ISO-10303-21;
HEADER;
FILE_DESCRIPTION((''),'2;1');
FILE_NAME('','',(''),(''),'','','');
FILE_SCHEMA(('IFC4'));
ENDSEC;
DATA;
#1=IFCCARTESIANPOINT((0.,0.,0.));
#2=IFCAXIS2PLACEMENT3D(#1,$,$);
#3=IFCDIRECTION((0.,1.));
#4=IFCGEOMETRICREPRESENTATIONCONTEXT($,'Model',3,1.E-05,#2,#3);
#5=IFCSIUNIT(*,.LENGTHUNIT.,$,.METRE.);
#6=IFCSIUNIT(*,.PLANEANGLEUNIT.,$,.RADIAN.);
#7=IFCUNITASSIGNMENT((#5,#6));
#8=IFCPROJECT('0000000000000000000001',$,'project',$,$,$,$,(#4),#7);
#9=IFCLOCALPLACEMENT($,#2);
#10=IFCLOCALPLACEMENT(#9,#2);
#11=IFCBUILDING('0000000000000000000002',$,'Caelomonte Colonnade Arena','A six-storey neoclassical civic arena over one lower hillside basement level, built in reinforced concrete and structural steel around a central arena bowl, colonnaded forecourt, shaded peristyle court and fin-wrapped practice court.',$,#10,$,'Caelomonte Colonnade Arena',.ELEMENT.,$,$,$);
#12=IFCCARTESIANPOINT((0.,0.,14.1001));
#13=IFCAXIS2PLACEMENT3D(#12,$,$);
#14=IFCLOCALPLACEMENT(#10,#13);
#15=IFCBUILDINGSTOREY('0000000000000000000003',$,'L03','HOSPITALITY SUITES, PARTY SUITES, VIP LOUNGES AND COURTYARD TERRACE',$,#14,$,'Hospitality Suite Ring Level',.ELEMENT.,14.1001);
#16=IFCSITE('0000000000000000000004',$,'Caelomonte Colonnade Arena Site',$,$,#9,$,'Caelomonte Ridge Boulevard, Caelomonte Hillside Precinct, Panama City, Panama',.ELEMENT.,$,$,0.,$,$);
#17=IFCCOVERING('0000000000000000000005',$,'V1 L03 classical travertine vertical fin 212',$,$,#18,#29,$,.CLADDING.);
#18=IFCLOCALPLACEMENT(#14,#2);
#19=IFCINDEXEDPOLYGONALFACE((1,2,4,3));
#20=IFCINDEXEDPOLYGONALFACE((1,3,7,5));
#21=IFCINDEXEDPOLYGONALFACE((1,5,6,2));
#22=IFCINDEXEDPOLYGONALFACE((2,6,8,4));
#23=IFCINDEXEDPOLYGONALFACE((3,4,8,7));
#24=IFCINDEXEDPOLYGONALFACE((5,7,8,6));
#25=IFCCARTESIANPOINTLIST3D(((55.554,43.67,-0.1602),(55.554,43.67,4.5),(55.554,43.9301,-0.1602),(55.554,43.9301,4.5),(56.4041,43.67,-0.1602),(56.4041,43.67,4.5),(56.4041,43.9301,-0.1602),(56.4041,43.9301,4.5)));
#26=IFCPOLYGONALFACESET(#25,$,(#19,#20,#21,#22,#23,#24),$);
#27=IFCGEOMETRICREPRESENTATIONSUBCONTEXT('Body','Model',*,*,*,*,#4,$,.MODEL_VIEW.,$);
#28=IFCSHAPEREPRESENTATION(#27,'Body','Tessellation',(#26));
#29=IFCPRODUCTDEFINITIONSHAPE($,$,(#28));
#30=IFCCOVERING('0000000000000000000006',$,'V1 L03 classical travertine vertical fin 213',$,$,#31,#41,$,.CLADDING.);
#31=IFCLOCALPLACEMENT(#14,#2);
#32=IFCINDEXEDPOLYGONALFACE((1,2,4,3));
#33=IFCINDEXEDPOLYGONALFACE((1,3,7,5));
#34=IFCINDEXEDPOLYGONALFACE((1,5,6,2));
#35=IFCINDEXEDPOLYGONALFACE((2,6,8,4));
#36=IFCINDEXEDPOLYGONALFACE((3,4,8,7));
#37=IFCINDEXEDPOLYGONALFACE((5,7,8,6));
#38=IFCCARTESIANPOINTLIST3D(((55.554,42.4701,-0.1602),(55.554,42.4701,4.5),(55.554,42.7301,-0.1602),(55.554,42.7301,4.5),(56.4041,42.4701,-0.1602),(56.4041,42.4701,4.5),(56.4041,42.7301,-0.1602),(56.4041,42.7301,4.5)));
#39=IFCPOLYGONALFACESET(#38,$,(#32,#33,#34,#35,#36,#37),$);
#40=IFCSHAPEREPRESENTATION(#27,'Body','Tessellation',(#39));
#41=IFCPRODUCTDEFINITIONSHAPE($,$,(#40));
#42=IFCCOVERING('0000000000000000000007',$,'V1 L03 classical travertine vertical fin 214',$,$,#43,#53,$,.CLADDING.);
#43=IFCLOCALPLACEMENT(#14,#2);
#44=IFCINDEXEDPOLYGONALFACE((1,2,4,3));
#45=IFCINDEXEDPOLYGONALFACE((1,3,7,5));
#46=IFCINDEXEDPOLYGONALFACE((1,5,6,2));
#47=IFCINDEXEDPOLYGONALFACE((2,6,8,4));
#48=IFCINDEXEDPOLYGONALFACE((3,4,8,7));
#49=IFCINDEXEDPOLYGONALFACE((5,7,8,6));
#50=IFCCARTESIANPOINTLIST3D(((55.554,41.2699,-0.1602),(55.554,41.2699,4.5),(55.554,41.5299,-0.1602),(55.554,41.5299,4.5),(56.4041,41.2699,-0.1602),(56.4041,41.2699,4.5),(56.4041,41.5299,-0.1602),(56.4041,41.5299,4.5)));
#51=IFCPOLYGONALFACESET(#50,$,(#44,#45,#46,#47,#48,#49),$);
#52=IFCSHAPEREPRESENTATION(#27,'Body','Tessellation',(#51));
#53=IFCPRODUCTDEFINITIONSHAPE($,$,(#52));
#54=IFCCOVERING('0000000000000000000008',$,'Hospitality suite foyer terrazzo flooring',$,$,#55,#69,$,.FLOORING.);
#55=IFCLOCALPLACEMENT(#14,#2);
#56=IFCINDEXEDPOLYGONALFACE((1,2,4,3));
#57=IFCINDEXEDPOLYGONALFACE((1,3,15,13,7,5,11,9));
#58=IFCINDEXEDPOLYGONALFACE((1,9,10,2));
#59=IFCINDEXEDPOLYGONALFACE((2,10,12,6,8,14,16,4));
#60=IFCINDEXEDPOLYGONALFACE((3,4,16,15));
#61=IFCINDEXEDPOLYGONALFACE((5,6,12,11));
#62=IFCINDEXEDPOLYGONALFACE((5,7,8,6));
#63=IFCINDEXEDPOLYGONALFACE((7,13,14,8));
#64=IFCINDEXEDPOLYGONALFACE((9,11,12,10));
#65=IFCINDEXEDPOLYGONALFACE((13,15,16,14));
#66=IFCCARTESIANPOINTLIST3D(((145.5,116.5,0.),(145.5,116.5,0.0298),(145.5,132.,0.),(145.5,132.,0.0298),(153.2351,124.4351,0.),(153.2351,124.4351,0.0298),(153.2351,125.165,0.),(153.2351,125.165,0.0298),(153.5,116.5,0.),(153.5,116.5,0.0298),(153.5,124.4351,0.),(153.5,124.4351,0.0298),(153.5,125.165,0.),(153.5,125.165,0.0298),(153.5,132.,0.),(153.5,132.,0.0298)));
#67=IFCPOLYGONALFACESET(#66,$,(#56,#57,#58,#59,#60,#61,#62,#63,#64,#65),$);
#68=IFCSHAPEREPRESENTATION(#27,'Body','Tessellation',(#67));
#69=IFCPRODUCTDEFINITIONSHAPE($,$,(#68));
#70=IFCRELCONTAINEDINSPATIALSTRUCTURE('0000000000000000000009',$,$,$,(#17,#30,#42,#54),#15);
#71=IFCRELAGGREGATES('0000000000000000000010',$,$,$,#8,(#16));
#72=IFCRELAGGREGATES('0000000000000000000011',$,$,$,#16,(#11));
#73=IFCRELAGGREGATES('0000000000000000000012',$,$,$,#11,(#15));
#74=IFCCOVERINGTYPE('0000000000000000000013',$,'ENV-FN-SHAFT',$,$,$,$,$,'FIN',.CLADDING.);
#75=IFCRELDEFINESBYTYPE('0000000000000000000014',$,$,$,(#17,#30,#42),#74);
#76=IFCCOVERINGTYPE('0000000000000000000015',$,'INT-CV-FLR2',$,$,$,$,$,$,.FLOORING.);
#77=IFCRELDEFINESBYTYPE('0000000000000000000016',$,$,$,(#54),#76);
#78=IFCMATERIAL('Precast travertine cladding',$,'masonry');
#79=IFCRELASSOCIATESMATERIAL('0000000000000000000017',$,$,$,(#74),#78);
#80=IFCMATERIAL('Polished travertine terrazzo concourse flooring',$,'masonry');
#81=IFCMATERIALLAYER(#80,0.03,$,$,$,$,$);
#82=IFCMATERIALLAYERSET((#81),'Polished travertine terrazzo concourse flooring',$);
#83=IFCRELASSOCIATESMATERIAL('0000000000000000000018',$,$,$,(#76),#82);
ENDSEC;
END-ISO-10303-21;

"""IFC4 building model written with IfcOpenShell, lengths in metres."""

from ifc_helpers import new_model, si_unit, direction, frame, origin, origin_2d, place, context, subcontext, project, spatial, polyline, rectangle, outline, extrude, material, layer, layer_set, material_profile, profile_set, type_object, element, save


model = new_model("IFC4")

# Units and contexts
model_context = context("Model", 3, precision=1e-05, world=origin(), true_north=direction((0.0, 1.0)))
body_context = subcontext(model_context, "Body", "Model", "MODEL_VIEW")
ifc_project = project(units=[si_unit("LENGTHUNIT", "METRE"), si_unit("PLANEANGLEUNIT", "RADIAN")], contexts=[model_context])

# Site, building, storey
site_placement = place(None, origin())
site = spatial("IfcSite", under=ifc_project, at=site_placement, Name="Caelomonte Colonnade Arena Site", LongName="Caelomonte Ridge Boulevard, Caelomonte Hillside Precinct, Panama City, Panama", CompositionType="ELEMENT", RefElevation=0.0)
building_placement = place(site_placement, origin())
building = spatial("IfcBuilding", under=site, at=building_placement, Name="Caelomonte Colonnade Arena", Description="A six-storey neoclassical civic arena over one lower hillside basement level, built in reinforced concrete and structural steel around a central arena bowl, colonnaded forecourt, shaded peristyle court and fin-wrapped practice court.", LongName="Caelomonte Colonnade Arena", CompositionType="ELEMENT")
storey_placement = place(building_placement, frame((0.0, 0.0, 14.1001)))
storey = spatial("IfcBuildingStorey", under=building, at=storey_placement, Name="L03", Description="HOSPITALITY SUITES, PARTY SUITES, VIP LOUNGES AND COURTYARD TERRACE", LongName="Hospitality Suite Ring Level", CompositionType="ELEMENT", Elevation=14.1001)

# Coverings
ifc_material_1 = material(Name="Precast travertine cladding", Category="masonry")
ifc_material_profile = material_profile(ifc_material_1, rectangle(XDim=0.26, YDim=0.8501, at=origin_2d()), Name="FIN260X850")
ifc_profile_set = profile_set([ifc_material_profile], Name="Precast travertine cladding")
covering_type_1 = type_object("IfcCoveringType", Name="ENV-FN-SHAFT", ElementType="FIN", PredefinedType="CLADDING", material=ifc_profile_set)
for number, where, z_axis, x_axis, name in (
    (1, (55.979, 43.8, -0.1602), (0.0, 0.0, 1.0), (0.0, 1.0, 0.0), "V1 L03 classical travertine vertical fin 212"),
    (2, (55.979, 42.6001, -0.1602), (0.0, 0.0, 1.0), (0.0, 1.0, 0.0), "V1 L03 classical travertine vertical fin 213"),
    (3, (55.979, 41.3999, -0.1602), (0.0, 0.0, 1.0), (0.0, 1.0, 0.0), "V1 L03 classical travertine vertical fin 214"),
):
    element("IfcCovering", number, at=place(storey_placement, frame(where, z_axis=z_axis, x_axis=x_axis)), inside=storey, type_object=covering_type_1, Name=name, PredefinedType="CLADDING", context=body_context, shape_type="SweptSolid", body=[
        extrude(rectangle(XDim=0.26, YDim=0.8501, at=origin_2d()), origin(), (0.0, 0.0, 1.0), 4.6602),
    ])
ifc_material_2 = material(Name="Polished travertine terrazzo concourse flooring", Category="masonry")
ifc_layer_1 = layer(ifc_material_2, 0.03)
ifc_layer_set_1 = layer_set([ifc_layer_1], Name="Polished travertine terrazzo concourse flooring")
covering_type_2 = type_object("IfcCoveringType", Name="INT-CV-FLR2", PredefinedType="FLOORING", material=ifc_layer_set_1)
covering_1_placement = place(storey_placement, origin())
element("IfcCovering", 4, at=covering_1_placement, inside=storey, type_object=covering_type_2, Name="Hospitality suite foyer terrazzo flooring", PredefinedType="FLOORING", context=body_context, shape_type="SweptSolid", body=[
    extrude(outline(polyline([(153.5, 116.5), (153.5, 124.4351), (153.2351, 124.4351), (153.2351, 125.165), (153.5, 125.165), (153.5, 132.0), (145.5, 132.0), (145.5, 116.5), (153.5, 116.5)])), origin(), (0.0, 0.0, 1.0), 0.0298),
])

save(model, "model.ifc")
